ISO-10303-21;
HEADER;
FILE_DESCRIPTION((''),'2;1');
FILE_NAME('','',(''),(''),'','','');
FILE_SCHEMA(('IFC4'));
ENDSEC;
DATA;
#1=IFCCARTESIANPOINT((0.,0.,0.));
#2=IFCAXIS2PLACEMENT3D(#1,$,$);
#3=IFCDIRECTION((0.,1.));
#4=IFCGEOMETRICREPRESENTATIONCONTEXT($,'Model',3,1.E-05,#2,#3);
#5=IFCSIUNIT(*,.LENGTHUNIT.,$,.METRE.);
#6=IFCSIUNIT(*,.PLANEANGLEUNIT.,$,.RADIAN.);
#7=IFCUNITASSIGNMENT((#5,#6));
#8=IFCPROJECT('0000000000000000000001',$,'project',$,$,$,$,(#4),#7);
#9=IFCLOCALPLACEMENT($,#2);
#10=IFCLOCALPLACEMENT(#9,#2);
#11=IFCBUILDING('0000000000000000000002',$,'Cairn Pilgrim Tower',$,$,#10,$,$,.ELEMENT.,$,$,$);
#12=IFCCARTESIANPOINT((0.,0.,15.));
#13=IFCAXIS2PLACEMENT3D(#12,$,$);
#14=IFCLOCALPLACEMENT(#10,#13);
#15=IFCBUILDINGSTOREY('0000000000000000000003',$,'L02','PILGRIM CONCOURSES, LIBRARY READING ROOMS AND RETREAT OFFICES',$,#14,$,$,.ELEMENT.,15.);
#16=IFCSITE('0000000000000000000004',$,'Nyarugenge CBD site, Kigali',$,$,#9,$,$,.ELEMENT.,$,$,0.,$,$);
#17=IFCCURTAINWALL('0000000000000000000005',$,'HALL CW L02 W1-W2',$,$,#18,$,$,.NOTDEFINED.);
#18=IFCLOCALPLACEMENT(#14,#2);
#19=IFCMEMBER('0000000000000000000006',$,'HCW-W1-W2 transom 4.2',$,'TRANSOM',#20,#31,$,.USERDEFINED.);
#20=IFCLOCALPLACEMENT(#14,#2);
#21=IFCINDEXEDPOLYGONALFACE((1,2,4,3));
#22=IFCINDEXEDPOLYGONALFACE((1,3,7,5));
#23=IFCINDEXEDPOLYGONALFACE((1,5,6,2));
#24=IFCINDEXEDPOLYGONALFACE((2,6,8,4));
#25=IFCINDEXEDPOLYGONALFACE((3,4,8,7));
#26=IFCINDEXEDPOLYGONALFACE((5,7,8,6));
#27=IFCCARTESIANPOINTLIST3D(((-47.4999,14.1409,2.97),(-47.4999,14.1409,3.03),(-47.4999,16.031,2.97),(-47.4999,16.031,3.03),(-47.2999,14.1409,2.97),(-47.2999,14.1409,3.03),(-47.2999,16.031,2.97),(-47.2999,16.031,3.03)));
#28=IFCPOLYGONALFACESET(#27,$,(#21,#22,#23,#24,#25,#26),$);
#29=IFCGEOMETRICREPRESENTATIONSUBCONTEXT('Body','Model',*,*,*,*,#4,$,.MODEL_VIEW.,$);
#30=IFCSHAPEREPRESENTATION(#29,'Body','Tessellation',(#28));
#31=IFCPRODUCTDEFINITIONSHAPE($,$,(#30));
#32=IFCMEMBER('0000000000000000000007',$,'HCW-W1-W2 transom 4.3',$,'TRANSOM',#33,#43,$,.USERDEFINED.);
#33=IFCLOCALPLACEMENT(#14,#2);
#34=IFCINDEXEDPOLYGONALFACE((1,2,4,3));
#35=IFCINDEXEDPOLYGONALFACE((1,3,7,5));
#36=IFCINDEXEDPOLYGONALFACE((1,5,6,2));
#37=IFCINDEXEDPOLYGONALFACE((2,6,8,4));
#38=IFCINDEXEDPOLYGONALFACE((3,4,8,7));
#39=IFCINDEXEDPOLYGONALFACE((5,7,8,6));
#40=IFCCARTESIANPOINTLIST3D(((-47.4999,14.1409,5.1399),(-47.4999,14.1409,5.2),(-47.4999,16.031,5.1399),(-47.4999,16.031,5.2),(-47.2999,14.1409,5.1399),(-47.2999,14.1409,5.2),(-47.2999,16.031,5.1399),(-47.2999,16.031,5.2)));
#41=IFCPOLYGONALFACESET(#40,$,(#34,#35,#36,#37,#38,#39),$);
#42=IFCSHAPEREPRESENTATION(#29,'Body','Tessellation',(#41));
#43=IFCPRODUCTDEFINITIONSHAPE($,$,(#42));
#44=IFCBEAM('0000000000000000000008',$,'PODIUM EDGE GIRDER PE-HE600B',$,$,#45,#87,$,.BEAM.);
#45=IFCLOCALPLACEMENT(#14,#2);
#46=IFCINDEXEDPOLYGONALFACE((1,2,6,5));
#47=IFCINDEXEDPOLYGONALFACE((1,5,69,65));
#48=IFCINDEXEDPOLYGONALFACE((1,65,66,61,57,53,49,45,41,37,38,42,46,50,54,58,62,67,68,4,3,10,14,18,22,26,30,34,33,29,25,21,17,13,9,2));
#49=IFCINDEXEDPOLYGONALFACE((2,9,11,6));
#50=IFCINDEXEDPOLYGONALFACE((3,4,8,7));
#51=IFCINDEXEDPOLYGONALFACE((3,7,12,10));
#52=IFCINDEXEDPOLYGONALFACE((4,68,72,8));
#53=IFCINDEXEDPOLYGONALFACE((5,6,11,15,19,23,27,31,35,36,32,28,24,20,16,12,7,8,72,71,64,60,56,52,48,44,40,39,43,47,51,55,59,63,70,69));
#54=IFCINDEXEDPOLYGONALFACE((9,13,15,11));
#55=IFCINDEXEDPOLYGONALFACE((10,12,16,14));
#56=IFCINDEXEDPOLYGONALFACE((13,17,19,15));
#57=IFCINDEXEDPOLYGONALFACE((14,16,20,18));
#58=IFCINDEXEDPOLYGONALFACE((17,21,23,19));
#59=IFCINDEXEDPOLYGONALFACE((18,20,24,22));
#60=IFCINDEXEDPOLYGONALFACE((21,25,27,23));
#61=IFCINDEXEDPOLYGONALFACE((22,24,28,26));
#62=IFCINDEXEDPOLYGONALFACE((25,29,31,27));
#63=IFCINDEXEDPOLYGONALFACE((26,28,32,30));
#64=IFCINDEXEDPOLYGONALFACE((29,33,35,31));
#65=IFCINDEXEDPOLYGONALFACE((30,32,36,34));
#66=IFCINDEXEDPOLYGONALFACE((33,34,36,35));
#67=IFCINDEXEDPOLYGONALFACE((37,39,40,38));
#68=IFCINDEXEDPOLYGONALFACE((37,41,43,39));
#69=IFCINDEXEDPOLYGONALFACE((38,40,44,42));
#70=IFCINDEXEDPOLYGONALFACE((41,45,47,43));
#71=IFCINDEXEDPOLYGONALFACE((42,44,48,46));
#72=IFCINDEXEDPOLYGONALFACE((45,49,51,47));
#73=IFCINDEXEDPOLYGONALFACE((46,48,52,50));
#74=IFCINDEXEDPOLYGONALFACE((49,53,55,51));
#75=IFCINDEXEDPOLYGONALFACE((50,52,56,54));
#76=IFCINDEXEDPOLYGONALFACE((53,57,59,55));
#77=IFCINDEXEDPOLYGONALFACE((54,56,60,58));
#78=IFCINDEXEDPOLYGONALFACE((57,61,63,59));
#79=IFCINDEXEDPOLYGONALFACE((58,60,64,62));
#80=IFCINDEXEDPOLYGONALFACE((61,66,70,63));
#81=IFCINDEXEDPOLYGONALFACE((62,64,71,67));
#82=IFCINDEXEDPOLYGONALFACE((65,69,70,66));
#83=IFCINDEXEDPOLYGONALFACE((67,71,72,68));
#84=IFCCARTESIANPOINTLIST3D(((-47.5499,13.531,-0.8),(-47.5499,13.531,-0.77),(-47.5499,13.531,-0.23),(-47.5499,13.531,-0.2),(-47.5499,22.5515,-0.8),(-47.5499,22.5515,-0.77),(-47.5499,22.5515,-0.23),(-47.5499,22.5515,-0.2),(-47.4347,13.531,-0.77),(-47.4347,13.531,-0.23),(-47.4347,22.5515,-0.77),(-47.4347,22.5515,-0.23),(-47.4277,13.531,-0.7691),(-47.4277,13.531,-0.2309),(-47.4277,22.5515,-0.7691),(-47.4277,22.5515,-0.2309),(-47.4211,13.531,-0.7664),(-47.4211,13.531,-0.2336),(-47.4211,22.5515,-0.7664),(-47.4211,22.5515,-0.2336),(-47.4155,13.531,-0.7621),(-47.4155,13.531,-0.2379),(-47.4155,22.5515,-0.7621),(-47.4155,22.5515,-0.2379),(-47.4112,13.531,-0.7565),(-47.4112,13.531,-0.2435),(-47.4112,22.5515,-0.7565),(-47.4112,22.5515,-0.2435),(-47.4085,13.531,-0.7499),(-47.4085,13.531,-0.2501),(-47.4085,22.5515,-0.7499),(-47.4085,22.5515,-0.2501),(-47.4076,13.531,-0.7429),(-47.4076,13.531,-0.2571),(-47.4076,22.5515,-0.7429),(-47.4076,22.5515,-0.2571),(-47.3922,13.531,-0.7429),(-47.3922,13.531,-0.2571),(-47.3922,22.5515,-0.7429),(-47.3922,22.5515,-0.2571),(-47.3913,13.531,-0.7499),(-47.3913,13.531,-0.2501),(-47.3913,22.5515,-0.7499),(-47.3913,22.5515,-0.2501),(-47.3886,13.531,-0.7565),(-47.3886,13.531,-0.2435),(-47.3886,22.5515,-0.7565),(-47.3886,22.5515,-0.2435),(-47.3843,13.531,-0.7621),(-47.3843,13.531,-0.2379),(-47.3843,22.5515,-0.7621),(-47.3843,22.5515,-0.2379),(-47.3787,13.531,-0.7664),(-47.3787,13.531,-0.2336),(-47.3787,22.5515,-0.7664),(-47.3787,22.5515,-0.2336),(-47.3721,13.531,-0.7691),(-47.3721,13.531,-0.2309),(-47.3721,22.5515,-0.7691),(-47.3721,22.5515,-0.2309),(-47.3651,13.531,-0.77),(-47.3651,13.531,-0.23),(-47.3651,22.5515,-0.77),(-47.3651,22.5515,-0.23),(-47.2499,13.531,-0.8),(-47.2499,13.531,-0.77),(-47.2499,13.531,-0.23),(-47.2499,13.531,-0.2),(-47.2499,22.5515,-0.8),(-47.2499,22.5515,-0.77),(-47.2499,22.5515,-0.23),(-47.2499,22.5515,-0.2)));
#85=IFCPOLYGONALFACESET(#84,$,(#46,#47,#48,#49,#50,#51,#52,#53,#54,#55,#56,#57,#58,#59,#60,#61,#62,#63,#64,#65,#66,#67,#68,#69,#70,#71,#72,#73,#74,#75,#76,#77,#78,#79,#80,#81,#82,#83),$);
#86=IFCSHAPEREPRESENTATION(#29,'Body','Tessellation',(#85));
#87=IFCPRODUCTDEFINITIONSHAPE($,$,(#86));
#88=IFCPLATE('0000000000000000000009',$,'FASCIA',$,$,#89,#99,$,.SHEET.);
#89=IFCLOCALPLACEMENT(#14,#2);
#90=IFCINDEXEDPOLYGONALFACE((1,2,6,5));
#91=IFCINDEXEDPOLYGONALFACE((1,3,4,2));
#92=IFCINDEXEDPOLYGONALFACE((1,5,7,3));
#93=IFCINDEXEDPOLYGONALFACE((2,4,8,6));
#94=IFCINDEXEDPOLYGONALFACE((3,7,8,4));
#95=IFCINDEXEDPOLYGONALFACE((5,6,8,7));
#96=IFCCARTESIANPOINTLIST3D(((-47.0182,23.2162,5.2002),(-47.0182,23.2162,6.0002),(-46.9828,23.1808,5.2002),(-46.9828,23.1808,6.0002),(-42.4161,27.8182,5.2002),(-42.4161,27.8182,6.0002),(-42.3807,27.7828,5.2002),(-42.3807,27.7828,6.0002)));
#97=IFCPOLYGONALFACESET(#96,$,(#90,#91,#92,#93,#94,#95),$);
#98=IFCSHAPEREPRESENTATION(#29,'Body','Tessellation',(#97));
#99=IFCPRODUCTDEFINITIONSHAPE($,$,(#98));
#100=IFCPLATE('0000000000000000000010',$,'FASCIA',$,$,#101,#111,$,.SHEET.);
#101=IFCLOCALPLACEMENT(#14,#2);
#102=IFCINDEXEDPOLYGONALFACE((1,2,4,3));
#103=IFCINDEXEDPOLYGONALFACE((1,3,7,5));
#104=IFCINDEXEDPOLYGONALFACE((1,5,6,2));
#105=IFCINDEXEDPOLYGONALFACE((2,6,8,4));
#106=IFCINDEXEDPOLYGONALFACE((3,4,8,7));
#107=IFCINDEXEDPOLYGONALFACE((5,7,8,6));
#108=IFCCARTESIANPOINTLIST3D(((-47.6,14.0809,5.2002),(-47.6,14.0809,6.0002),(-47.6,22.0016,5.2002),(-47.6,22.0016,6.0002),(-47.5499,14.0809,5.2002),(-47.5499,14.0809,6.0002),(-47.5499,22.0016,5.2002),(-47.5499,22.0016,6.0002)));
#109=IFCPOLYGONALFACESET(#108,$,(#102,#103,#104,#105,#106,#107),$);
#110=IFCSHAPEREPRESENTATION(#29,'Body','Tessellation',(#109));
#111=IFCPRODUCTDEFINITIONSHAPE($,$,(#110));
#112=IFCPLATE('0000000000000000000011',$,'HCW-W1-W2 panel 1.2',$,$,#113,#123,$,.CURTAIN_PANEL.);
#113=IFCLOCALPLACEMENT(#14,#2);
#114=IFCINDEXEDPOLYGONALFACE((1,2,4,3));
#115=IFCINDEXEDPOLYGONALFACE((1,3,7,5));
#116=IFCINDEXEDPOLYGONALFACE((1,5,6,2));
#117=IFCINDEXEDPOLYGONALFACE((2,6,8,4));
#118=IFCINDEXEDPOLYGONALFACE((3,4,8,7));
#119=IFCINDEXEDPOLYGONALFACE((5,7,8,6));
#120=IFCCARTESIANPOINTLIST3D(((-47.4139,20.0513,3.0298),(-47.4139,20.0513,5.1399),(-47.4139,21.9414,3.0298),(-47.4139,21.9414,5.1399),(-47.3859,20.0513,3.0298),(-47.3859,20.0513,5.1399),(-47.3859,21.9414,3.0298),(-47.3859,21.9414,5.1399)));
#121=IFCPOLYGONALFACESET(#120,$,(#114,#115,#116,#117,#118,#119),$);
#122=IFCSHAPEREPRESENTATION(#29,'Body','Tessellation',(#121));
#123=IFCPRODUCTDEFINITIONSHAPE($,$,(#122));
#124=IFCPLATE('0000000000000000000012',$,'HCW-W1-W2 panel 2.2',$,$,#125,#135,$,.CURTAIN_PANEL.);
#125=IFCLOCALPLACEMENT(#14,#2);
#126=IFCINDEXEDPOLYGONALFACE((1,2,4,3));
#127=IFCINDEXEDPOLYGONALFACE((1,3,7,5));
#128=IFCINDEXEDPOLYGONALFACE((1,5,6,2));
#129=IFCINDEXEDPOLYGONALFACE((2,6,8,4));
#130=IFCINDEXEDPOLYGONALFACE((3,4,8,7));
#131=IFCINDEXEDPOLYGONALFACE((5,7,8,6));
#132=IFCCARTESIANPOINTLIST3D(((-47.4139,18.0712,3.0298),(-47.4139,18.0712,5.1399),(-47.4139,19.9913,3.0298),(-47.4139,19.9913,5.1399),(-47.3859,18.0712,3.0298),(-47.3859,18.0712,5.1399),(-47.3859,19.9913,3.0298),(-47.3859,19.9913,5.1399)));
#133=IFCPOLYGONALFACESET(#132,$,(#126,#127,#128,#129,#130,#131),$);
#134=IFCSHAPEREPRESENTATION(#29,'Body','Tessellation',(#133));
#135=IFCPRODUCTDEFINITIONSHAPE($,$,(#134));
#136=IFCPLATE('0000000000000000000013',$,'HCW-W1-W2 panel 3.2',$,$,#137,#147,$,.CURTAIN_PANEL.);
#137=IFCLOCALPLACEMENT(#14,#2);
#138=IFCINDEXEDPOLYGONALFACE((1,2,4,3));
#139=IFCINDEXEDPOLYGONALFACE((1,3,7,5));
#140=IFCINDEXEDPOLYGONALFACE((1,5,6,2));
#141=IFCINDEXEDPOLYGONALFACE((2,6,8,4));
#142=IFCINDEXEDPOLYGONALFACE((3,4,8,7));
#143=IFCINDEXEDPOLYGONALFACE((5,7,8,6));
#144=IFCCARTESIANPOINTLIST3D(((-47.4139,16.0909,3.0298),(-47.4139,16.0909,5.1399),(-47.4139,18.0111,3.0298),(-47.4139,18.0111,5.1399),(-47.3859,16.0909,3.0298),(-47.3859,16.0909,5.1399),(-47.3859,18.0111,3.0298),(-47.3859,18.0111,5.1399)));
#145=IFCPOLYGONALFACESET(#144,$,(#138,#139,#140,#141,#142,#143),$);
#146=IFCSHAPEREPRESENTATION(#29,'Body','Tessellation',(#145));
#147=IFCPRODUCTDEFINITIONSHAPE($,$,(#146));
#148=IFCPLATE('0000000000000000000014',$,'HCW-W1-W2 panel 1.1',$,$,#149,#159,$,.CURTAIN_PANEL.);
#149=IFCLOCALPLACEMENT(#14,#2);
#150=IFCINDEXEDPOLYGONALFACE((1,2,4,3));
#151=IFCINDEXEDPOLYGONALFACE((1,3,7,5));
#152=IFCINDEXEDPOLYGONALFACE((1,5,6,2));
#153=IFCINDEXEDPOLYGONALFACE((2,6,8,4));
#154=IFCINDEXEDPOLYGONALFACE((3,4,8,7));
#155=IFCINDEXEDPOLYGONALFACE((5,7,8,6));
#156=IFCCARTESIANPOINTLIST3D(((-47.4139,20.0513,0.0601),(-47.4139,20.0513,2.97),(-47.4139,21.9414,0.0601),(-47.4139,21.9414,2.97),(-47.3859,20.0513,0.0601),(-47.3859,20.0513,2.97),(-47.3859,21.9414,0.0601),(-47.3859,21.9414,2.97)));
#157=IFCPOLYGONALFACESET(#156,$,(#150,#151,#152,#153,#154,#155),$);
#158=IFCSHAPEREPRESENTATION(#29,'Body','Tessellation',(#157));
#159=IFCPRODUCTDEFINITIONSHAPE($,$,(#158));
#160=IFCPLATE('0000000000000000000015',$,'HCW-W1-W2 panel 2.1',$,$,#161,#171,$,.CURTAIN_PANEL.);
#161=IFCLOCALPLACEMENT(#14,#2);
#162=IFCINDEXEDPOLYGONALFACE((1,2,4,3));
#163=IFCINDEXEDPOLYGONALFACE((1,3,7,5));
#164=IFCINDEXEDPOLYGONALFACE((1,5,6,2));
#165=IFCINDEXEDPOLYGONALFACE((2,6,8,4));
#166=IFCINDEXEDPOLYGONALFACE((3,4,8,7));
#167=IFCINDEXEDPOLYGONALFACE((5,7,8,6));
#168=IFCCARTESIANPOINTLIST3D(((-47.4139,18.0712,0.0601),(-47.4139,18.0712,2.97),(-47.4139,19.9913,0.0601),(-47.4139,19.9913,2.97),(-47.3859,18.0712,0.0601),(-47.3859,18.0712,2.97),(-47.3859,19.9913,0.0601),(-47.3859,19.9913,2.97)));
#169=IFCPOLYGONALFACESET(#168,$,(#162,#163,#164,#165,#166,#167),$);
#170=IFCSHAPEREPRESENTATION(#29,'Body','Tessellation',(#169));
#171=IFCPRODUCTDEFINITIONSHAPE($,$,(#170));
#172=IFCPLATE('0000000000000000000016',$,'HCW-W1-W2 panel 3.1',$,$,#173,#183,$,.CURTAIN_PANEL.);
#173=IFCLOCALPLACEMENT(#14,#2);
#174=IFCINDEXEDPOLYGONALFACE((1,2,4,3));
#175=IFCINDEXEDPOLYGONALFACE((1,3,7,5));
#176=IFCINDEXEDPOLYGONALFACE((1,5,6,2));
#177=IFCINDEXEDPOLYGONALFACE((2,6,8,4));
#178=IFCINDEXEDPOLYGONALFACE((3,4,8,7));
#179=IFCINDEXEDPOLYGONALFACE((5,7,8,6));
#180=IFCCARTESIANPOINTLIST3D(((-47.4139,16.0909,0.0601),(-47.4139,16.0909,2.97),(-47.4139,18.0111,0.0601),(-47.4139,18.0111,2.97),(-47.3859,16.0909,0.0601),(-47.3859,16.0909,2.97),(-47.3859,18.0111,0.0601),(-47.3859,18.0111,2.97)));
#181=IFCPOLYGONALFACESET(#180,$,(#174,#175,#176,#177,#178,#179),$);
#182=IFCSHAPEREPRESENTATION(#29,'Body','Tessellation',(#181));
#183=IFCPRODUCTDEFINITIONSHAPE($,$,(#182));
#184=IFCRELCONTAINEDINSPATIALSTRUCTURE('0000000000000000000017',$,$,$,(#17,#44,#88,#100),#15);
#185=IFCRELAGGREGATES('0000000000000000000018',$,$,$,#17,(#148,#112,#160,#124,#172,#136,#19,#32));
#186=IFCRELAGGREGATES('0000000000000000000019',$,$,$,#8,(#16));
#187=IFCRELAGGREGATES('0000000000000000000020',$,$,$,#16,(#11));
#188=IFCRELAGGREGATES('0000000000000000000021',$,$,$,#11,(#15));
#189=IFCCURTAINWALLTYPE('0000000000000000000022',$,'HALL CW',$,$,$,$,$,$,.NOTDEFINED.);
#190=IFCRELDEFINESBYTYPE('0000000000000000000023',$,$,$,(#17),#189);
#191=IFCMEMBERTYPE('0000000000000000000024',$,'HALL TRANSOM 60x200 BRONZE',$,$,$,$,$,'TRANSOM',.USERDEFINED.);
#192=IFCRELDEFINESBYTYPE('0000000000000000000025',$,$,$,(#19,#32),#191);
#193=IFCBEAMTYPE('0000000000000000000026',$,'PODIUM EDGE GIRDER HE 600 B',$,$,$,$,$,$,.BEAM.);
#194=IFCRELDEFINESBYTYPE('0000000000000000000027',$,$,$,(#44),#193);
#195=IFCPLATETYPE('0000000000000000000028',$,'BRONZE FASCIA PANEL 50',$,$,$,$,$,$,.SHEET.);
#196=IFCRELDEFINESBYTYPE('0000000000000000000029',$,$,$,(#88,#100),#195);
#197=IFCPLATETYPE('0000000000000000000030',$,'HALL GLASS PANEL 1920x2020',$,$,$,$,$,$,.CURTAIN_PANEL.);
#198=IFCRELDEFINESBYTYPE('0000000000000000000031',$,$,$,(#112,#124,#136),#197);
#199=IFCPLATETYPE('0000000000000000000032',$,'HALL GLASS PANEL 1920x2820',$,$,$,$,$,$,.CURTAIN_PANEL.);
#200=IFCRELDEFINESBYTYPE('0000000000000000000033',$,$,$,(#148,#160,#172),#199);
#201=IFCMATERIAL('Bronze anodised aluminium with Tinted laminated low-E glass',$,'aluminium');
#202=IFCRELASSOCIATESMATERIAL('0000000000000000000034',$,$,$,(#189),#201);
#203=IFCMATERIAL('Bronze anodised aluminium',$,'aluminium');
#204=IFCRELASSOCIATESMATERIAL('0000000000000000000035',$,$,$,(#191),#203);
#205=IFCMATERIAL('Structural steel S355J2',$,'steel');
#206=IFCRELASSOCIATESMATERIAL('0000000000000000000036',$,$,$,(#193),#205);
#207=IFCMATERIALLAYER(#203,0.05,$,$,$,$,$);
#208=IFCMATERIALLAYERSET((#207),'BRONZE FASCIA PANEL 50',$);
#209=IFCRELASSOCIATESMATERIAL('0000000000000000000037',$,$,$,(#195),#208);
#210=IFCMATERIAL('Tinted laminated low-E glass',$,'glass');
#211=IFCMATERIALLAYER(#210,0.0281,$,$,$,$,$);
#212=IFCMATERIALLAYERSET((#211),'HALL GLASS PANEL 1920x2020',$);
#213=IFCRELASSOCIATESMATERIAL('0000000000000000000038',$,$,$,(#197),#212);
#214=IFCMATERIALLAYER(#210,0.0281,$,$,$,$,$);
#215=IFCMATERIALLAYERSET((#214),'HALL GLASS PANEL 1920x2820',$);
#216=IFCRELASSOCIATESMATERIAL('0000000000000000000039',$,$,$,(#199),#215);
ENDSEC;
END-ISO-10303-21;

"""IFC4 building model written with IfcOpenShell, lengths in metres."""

from ifc_helpers import new_model, si_unit, direction, frame, origin, origin_2d, place, context, subcontext, project, spatial, rectangle, i_section, extrude, material, layer, layer_set, material_profile, profile_set, type_object, element, aggregate, save


model = new_model("IFC4")

# Units and contexts
model_context = context("Model", 3, precision=1e-05, world=origin(), true_north=direction((0.0, 1.0)))
body_context = subcontext(model_context, "Body", "Model", "MODEL_VIEW")
ifc_project = project(units=[si_unit("LENGTHUNIT", "METRE"), si_unit("PLANEANGLEUNIT", "RADIAN")], contexts=[model_context])

# Site, building, storey
site_placement = place(None, origin())
site = spatial("IfcSite", under=ifc_project, at=site_placement, Name="Nyarugenge CBD site, Kigali", CompositionType="ELEMENT", RefElevation=0.0)
building_placement = place(site_placement, origin())
building = spatial("IfcBuilding", under=site, at=building_placement, Name="Cairn Pilgrim Tower", CompositionType="ELEMENT")
storey_placement = place(building_placement, frame((0.0, 0.0, 15.0)))
storey = spatial("IfcBuildingStorey", under=building, at=storey_placement, Name="L02", Description="PILGRIM CONCOURSES, LIBRARY READING ROOMS AND RETREAT OFFICES", CompositionType="ELEMENT", Elevation=15.0)

# Curtain wall, members
ifc_material_1 = material(Name="Bronze anodised aluminium with Tinted laminated low-E glass", Category="aluminium")
curtain_wall_type = type_object("IfcCurtainWallType", Name="HALL CW", PredefinedType="NOTDEFINED", material=ifc_material_1)
curtain_wall_placement = place(storey_placement, origin())
curtain_wall = element("IfcCurtainWall", 1, at=curtain_wall_placement, inside=storey, type_object=curtain_wall_type, Name="HALL CW L02 W1-W2", PredefinedType="NOTDEFINED")
ifc_material_2 = material(Name="Bronze anodised aluminium", Category="aluminium")
ifc_material_profile_1 = material_profile(ifc_material_2, rectangle(XDim=0.2, YDim=0.0601, at=origin_2d()), Name="HALL TRANSOM 60x200 BRONZE")
ifc_profile_set_1 = profile_set([ifc_material_profile_1], Name="Bronze anodised aluminium")
member_type_1 = type_object("IfcMemberType", Name="HALL TRANSOM 60x200 BRONZE", ElementType="TRANSOM", PredefinedType="USERDEFINED", material=ifc_profile_set_1)
member_1_placement = place(storey_placement, frame((-47.3999, 16.031, 3.0), z_axis=(0.0, -1.0, 0.0), x_axis=(1.0, 0.0, 0.0)))
member_1 = element("IfcMember", 2, at=member_1_placement, type_object=member_type_1, Name="HCW-W1-W2 transom 4.2", ObjectType="TRANSOM", PredefinedType="USERDEFINED", context=body_context, shape_type="SweptSolid", body=[
    extrude(rectangle(XDim=0.2, YDim=0.0601, at=origin_2d()), origin(), (0.0, 0.0, 1.0), 1.8901),
])
member_2_placement = place(storey_placement, frame((-47.3999, 16.031, 5.1699), z_axis=(0.0, -1.0, 0.0), x_axis=(1.0, 0.0, 0.0)))
member_2 = element("IfcMember", 3, at=member_2_placement, type_object=member_type_1, Name="HCW-W1-W2 transom 4.3", ObjectType="TRANSOM", PredefinedType="USERDEFINED", context=body_context, shape_type="SweptSolid", body=[
    extrude(rectangle(XDim=0.2, YDim=0.0601, at=origin_2d()), origin(), (0.0, 0.0, 1.0), 1.8901),
])

# Beam
ifc_material_3 = material(Name="Structural steel S355J2", Category="steel")
ifc_material_profile_2 = material_profile(ifc_material_3, i_section(OverallWidth=0.3, OverallDepth=0.6001, WebThickness=0.0154, FlangeThickness=0.03, FilletRadius=0.0271, at=origin_2d()), Name="HEB 600")
ifc_profile_set_2 = profile_set([ifc_material_profile_2], Name="Structural steel S355J2")
beam_type = type_object("IfcBeamType", Name="PODIUM EDGE GIRDER HE 600 B", PredefinedType="BEAM", material=ifc_profile_set_2)
beam_placement = place(storey_placement, frame((-47.3999, 22.5515, -0.5), z_axis=(0.0, -1.0, 0.0), x_axis=(1.0, 0.0, 0.0)))
element("IfcBeam", 4, at=beam_placement, inside=storey, type_object=beam_type, Name="PODIUM EDGE GIRDER PE-HE600B", PredefinedType="BEAM", context=body_context, shape_type="SweptSolid", body=[
    extrude(i_section(OverallWidth=0.3, OverallDepth=0.6001, WebThickness=0.0154, FlangeThickness=0.03, FilletRadius=0.0271, at=origin_2d()), origin(), (0.0, 0.0, 1.0), 9.0205),
])

# Plates
ifc_layer_1 = layer(ifc_material_2, 0.05)
ifc_layer_set_1 = layer_set([ifc_layer_1], Name="BRONZE FASCIA PANEL 50")
plate_type_1 = type_object("IfcPlateType", Name="BRONZE FASCIA PANEL 50", PredefinedType="SHEET", material=ifc_layer_set_1)
plate_1_placement = place(storey_placement, frame((-44.6995, 25.4995, 5.2002), z_axis=(0.0, 0.0, 1.0), x_axis=(-0.707107, -0.707107, 0.0)))
element("IfcPlate", 5, at=plate_1_placement, inside=storey, type_object=plate_type_1, Name="FASCIA", PredefinedType="SHEET", context=body_context, shape_type="SweptSolid", body=[
    extrude(rectangle(XDim=6.5083, YDim=0.05, at=origin_2d()), origin(), (0.0, 0.0, 1.0), 0.8),
])
plate_2_placement = place(storey_placement, frame((-47.575, 18.0413, 5.2002), z_axis=(0.0, 0.0, 1.0), x_axis=(0.0, -1.0, 0.0)))
element("IfcPlate", 6, at=plate_2_placement, inside=storey, type_object=plate_type_1, Name="FASCIA", PredefinedType="SHEET", context=body_context, shape_type="SweptSolid", body=[
    extrude(rectangle(XDim=7.9207, YDim=0.05, at=origin_2d()), origin(), (0.0, 0.0, 1.0), 0.8),
])

# Plates
ifc_material_4 = material(Name="Tinted laminated low-E glass", Category="glass")
ifc_layer_2 = layer(ifc_material_4, 0.0281)
ifc_layer_set_2 = layer_set([ifc_layer_2], Name="HALL GLASS PANEL 1920x2020")
plate_type_2 = type_object("IfcPlateType", Name="HALL GLASS PANEL 1920x2020", PredefinedType="CURTAIN_PANEL", material=ifc_layer_set_2)
plate_3_placement = place(storey_placement, frame((-47.3999, 20.9963, 3.0298), z_axis=(0.0, 0.0, 1.0), x_axis=(0.0, -1.0, 0.0)))
plate_3 = element("IfcPlate", 7, at=plate_3_placement, type_object=plate_type_2, Name="HCW-W1-W2 panel 1.2", PredefinedType="CURTAIN_PANEL", context=body_context, shape_type="SweptSolid", body=[
    extrude(rectangle(XDim=1.8901, YDim=0.0281, at=origin_2d()), origin(), (0.0, 0.0, 1.0), 2.1101),
])
plate_4_placement = place(storey_placement, frame((-47.3999, 19.0312, 3.0298), z_axis=(0.0, 0.0, 1.0), x_axis=(0.0, -1.0, 0.0)))
plate_4 = element("IfcPlate", 8, at=plate_4_placement, type_object=plate_type_2, Name="HCW-W1-W2 panel 2.2", PredefinedType="CURTAIN_PANEL", context=body_context, shape_type="SweptSolid", body=[
    extrude(rectangle(XDim=1.9202, YDim=0.0281, at=origin_2d()), origin(), (0.0, 0.0, 1.0), 2.1101),
])
plate_5_placement = place(storey_placement, frame((-47.3999, 17.051, 3.0298), z_axis=(0.0, 0.0, 1.0), x_axis=(0.0, -1.0, 0.0)))
plate_5 = element("IfcPlate", 9, at=plate_5_placement, type_object=plate_type_2, Name="HCW-W1-W2 panel 3.2", PredefinedType="CURTAIN_PANEL", context=body_context, shape_type="SweptSolid", body=[
    extrude(rectangle(XDim=1.9202, YDim=0.0281, at=origin_2d()), origin(), (0.0, 0.0, 1.0), 2.1101),
])
ifc_layer_3 = layer(ifc_material_4, 0.0281)
ifc_layer_set_3 = layer_set([ifc_layer_3], Name="HALL GLASS PANEL 1920x2820")
plate_type_3 = type_object("IfcPlateType", Name="HALL GLASS PANEL 1920x2820", PredefinedType="CURTAIN_PANEL", material=ifc_layer_set_3)
plate_6_placement = place(storey_placement, frame((-47.3999, 20.9963, 0.0601), z_axis=(0.0, 0.0, 1.0), x_axis=(0.0, -1.0, 0.0)))
plate_6 = element("IfcPlate", 10, at=plate_6_placement, type_object=plate_type_3, Name="HCW-W1-W2 panel 1.1", PredefinedType="CURTAIN_PANEL", context=body_context, shape_type="SweptSolid", body=[
    extrude(rectangle(XDim=1.8901, YDim=0.0281, at=origin_2d()), origin(), (0.0, 0.0, 1.0), 2.9099),
])
plate_7_placement = place(storey_placement, frame((-47.3999, 19.0312, 0.0601), z_axis=(0.0, 0.0, 1.0), x_axis=(0.0, -1.0, 0.0)))
plate_7 = element("IfcPlate", 11, at=plate_7_placement, type_object=plate_type_3, Name="HCW-W1-W2 panel 2.1", PredefinedType="CURTAIN_PANEL", context=body_context, shape_type="SweptSolid", body=[
    extrude(rectangle(XDim=1.9202, YDim=0.0281, at=origin_2d()), origin(), (0.0, 0.0, 1.0), 2.9099),
])
plate_8_placement = place(storey_placement, frame((-47.3999, 17.051, 0.0601), z_axis=(0.0, 0.0, 1.0), x_axis=(0.0, -1.0, 0.0)))
plate_8 = element("IfcPlate", 12, at=plate_8_placement, type_object=plate_type_3, Name="HCW-W1-W2 panel 3.1", PredefinedType="CURTAIN_PANEL", context=body_context, shape_type="SweptSolid", body=[
    extrude(rectangle(XDim=1.9202, YDim=0.0281, at=origin_2d()), origin(), (0.0, 0.0, 1.0), 2.9099),
])
aggregate(curtain_wall, [plate_6, plate_3, plate_7, plate_4, plate_8, plate_5, member_1, member_2])

save(model, "model.ifc")
